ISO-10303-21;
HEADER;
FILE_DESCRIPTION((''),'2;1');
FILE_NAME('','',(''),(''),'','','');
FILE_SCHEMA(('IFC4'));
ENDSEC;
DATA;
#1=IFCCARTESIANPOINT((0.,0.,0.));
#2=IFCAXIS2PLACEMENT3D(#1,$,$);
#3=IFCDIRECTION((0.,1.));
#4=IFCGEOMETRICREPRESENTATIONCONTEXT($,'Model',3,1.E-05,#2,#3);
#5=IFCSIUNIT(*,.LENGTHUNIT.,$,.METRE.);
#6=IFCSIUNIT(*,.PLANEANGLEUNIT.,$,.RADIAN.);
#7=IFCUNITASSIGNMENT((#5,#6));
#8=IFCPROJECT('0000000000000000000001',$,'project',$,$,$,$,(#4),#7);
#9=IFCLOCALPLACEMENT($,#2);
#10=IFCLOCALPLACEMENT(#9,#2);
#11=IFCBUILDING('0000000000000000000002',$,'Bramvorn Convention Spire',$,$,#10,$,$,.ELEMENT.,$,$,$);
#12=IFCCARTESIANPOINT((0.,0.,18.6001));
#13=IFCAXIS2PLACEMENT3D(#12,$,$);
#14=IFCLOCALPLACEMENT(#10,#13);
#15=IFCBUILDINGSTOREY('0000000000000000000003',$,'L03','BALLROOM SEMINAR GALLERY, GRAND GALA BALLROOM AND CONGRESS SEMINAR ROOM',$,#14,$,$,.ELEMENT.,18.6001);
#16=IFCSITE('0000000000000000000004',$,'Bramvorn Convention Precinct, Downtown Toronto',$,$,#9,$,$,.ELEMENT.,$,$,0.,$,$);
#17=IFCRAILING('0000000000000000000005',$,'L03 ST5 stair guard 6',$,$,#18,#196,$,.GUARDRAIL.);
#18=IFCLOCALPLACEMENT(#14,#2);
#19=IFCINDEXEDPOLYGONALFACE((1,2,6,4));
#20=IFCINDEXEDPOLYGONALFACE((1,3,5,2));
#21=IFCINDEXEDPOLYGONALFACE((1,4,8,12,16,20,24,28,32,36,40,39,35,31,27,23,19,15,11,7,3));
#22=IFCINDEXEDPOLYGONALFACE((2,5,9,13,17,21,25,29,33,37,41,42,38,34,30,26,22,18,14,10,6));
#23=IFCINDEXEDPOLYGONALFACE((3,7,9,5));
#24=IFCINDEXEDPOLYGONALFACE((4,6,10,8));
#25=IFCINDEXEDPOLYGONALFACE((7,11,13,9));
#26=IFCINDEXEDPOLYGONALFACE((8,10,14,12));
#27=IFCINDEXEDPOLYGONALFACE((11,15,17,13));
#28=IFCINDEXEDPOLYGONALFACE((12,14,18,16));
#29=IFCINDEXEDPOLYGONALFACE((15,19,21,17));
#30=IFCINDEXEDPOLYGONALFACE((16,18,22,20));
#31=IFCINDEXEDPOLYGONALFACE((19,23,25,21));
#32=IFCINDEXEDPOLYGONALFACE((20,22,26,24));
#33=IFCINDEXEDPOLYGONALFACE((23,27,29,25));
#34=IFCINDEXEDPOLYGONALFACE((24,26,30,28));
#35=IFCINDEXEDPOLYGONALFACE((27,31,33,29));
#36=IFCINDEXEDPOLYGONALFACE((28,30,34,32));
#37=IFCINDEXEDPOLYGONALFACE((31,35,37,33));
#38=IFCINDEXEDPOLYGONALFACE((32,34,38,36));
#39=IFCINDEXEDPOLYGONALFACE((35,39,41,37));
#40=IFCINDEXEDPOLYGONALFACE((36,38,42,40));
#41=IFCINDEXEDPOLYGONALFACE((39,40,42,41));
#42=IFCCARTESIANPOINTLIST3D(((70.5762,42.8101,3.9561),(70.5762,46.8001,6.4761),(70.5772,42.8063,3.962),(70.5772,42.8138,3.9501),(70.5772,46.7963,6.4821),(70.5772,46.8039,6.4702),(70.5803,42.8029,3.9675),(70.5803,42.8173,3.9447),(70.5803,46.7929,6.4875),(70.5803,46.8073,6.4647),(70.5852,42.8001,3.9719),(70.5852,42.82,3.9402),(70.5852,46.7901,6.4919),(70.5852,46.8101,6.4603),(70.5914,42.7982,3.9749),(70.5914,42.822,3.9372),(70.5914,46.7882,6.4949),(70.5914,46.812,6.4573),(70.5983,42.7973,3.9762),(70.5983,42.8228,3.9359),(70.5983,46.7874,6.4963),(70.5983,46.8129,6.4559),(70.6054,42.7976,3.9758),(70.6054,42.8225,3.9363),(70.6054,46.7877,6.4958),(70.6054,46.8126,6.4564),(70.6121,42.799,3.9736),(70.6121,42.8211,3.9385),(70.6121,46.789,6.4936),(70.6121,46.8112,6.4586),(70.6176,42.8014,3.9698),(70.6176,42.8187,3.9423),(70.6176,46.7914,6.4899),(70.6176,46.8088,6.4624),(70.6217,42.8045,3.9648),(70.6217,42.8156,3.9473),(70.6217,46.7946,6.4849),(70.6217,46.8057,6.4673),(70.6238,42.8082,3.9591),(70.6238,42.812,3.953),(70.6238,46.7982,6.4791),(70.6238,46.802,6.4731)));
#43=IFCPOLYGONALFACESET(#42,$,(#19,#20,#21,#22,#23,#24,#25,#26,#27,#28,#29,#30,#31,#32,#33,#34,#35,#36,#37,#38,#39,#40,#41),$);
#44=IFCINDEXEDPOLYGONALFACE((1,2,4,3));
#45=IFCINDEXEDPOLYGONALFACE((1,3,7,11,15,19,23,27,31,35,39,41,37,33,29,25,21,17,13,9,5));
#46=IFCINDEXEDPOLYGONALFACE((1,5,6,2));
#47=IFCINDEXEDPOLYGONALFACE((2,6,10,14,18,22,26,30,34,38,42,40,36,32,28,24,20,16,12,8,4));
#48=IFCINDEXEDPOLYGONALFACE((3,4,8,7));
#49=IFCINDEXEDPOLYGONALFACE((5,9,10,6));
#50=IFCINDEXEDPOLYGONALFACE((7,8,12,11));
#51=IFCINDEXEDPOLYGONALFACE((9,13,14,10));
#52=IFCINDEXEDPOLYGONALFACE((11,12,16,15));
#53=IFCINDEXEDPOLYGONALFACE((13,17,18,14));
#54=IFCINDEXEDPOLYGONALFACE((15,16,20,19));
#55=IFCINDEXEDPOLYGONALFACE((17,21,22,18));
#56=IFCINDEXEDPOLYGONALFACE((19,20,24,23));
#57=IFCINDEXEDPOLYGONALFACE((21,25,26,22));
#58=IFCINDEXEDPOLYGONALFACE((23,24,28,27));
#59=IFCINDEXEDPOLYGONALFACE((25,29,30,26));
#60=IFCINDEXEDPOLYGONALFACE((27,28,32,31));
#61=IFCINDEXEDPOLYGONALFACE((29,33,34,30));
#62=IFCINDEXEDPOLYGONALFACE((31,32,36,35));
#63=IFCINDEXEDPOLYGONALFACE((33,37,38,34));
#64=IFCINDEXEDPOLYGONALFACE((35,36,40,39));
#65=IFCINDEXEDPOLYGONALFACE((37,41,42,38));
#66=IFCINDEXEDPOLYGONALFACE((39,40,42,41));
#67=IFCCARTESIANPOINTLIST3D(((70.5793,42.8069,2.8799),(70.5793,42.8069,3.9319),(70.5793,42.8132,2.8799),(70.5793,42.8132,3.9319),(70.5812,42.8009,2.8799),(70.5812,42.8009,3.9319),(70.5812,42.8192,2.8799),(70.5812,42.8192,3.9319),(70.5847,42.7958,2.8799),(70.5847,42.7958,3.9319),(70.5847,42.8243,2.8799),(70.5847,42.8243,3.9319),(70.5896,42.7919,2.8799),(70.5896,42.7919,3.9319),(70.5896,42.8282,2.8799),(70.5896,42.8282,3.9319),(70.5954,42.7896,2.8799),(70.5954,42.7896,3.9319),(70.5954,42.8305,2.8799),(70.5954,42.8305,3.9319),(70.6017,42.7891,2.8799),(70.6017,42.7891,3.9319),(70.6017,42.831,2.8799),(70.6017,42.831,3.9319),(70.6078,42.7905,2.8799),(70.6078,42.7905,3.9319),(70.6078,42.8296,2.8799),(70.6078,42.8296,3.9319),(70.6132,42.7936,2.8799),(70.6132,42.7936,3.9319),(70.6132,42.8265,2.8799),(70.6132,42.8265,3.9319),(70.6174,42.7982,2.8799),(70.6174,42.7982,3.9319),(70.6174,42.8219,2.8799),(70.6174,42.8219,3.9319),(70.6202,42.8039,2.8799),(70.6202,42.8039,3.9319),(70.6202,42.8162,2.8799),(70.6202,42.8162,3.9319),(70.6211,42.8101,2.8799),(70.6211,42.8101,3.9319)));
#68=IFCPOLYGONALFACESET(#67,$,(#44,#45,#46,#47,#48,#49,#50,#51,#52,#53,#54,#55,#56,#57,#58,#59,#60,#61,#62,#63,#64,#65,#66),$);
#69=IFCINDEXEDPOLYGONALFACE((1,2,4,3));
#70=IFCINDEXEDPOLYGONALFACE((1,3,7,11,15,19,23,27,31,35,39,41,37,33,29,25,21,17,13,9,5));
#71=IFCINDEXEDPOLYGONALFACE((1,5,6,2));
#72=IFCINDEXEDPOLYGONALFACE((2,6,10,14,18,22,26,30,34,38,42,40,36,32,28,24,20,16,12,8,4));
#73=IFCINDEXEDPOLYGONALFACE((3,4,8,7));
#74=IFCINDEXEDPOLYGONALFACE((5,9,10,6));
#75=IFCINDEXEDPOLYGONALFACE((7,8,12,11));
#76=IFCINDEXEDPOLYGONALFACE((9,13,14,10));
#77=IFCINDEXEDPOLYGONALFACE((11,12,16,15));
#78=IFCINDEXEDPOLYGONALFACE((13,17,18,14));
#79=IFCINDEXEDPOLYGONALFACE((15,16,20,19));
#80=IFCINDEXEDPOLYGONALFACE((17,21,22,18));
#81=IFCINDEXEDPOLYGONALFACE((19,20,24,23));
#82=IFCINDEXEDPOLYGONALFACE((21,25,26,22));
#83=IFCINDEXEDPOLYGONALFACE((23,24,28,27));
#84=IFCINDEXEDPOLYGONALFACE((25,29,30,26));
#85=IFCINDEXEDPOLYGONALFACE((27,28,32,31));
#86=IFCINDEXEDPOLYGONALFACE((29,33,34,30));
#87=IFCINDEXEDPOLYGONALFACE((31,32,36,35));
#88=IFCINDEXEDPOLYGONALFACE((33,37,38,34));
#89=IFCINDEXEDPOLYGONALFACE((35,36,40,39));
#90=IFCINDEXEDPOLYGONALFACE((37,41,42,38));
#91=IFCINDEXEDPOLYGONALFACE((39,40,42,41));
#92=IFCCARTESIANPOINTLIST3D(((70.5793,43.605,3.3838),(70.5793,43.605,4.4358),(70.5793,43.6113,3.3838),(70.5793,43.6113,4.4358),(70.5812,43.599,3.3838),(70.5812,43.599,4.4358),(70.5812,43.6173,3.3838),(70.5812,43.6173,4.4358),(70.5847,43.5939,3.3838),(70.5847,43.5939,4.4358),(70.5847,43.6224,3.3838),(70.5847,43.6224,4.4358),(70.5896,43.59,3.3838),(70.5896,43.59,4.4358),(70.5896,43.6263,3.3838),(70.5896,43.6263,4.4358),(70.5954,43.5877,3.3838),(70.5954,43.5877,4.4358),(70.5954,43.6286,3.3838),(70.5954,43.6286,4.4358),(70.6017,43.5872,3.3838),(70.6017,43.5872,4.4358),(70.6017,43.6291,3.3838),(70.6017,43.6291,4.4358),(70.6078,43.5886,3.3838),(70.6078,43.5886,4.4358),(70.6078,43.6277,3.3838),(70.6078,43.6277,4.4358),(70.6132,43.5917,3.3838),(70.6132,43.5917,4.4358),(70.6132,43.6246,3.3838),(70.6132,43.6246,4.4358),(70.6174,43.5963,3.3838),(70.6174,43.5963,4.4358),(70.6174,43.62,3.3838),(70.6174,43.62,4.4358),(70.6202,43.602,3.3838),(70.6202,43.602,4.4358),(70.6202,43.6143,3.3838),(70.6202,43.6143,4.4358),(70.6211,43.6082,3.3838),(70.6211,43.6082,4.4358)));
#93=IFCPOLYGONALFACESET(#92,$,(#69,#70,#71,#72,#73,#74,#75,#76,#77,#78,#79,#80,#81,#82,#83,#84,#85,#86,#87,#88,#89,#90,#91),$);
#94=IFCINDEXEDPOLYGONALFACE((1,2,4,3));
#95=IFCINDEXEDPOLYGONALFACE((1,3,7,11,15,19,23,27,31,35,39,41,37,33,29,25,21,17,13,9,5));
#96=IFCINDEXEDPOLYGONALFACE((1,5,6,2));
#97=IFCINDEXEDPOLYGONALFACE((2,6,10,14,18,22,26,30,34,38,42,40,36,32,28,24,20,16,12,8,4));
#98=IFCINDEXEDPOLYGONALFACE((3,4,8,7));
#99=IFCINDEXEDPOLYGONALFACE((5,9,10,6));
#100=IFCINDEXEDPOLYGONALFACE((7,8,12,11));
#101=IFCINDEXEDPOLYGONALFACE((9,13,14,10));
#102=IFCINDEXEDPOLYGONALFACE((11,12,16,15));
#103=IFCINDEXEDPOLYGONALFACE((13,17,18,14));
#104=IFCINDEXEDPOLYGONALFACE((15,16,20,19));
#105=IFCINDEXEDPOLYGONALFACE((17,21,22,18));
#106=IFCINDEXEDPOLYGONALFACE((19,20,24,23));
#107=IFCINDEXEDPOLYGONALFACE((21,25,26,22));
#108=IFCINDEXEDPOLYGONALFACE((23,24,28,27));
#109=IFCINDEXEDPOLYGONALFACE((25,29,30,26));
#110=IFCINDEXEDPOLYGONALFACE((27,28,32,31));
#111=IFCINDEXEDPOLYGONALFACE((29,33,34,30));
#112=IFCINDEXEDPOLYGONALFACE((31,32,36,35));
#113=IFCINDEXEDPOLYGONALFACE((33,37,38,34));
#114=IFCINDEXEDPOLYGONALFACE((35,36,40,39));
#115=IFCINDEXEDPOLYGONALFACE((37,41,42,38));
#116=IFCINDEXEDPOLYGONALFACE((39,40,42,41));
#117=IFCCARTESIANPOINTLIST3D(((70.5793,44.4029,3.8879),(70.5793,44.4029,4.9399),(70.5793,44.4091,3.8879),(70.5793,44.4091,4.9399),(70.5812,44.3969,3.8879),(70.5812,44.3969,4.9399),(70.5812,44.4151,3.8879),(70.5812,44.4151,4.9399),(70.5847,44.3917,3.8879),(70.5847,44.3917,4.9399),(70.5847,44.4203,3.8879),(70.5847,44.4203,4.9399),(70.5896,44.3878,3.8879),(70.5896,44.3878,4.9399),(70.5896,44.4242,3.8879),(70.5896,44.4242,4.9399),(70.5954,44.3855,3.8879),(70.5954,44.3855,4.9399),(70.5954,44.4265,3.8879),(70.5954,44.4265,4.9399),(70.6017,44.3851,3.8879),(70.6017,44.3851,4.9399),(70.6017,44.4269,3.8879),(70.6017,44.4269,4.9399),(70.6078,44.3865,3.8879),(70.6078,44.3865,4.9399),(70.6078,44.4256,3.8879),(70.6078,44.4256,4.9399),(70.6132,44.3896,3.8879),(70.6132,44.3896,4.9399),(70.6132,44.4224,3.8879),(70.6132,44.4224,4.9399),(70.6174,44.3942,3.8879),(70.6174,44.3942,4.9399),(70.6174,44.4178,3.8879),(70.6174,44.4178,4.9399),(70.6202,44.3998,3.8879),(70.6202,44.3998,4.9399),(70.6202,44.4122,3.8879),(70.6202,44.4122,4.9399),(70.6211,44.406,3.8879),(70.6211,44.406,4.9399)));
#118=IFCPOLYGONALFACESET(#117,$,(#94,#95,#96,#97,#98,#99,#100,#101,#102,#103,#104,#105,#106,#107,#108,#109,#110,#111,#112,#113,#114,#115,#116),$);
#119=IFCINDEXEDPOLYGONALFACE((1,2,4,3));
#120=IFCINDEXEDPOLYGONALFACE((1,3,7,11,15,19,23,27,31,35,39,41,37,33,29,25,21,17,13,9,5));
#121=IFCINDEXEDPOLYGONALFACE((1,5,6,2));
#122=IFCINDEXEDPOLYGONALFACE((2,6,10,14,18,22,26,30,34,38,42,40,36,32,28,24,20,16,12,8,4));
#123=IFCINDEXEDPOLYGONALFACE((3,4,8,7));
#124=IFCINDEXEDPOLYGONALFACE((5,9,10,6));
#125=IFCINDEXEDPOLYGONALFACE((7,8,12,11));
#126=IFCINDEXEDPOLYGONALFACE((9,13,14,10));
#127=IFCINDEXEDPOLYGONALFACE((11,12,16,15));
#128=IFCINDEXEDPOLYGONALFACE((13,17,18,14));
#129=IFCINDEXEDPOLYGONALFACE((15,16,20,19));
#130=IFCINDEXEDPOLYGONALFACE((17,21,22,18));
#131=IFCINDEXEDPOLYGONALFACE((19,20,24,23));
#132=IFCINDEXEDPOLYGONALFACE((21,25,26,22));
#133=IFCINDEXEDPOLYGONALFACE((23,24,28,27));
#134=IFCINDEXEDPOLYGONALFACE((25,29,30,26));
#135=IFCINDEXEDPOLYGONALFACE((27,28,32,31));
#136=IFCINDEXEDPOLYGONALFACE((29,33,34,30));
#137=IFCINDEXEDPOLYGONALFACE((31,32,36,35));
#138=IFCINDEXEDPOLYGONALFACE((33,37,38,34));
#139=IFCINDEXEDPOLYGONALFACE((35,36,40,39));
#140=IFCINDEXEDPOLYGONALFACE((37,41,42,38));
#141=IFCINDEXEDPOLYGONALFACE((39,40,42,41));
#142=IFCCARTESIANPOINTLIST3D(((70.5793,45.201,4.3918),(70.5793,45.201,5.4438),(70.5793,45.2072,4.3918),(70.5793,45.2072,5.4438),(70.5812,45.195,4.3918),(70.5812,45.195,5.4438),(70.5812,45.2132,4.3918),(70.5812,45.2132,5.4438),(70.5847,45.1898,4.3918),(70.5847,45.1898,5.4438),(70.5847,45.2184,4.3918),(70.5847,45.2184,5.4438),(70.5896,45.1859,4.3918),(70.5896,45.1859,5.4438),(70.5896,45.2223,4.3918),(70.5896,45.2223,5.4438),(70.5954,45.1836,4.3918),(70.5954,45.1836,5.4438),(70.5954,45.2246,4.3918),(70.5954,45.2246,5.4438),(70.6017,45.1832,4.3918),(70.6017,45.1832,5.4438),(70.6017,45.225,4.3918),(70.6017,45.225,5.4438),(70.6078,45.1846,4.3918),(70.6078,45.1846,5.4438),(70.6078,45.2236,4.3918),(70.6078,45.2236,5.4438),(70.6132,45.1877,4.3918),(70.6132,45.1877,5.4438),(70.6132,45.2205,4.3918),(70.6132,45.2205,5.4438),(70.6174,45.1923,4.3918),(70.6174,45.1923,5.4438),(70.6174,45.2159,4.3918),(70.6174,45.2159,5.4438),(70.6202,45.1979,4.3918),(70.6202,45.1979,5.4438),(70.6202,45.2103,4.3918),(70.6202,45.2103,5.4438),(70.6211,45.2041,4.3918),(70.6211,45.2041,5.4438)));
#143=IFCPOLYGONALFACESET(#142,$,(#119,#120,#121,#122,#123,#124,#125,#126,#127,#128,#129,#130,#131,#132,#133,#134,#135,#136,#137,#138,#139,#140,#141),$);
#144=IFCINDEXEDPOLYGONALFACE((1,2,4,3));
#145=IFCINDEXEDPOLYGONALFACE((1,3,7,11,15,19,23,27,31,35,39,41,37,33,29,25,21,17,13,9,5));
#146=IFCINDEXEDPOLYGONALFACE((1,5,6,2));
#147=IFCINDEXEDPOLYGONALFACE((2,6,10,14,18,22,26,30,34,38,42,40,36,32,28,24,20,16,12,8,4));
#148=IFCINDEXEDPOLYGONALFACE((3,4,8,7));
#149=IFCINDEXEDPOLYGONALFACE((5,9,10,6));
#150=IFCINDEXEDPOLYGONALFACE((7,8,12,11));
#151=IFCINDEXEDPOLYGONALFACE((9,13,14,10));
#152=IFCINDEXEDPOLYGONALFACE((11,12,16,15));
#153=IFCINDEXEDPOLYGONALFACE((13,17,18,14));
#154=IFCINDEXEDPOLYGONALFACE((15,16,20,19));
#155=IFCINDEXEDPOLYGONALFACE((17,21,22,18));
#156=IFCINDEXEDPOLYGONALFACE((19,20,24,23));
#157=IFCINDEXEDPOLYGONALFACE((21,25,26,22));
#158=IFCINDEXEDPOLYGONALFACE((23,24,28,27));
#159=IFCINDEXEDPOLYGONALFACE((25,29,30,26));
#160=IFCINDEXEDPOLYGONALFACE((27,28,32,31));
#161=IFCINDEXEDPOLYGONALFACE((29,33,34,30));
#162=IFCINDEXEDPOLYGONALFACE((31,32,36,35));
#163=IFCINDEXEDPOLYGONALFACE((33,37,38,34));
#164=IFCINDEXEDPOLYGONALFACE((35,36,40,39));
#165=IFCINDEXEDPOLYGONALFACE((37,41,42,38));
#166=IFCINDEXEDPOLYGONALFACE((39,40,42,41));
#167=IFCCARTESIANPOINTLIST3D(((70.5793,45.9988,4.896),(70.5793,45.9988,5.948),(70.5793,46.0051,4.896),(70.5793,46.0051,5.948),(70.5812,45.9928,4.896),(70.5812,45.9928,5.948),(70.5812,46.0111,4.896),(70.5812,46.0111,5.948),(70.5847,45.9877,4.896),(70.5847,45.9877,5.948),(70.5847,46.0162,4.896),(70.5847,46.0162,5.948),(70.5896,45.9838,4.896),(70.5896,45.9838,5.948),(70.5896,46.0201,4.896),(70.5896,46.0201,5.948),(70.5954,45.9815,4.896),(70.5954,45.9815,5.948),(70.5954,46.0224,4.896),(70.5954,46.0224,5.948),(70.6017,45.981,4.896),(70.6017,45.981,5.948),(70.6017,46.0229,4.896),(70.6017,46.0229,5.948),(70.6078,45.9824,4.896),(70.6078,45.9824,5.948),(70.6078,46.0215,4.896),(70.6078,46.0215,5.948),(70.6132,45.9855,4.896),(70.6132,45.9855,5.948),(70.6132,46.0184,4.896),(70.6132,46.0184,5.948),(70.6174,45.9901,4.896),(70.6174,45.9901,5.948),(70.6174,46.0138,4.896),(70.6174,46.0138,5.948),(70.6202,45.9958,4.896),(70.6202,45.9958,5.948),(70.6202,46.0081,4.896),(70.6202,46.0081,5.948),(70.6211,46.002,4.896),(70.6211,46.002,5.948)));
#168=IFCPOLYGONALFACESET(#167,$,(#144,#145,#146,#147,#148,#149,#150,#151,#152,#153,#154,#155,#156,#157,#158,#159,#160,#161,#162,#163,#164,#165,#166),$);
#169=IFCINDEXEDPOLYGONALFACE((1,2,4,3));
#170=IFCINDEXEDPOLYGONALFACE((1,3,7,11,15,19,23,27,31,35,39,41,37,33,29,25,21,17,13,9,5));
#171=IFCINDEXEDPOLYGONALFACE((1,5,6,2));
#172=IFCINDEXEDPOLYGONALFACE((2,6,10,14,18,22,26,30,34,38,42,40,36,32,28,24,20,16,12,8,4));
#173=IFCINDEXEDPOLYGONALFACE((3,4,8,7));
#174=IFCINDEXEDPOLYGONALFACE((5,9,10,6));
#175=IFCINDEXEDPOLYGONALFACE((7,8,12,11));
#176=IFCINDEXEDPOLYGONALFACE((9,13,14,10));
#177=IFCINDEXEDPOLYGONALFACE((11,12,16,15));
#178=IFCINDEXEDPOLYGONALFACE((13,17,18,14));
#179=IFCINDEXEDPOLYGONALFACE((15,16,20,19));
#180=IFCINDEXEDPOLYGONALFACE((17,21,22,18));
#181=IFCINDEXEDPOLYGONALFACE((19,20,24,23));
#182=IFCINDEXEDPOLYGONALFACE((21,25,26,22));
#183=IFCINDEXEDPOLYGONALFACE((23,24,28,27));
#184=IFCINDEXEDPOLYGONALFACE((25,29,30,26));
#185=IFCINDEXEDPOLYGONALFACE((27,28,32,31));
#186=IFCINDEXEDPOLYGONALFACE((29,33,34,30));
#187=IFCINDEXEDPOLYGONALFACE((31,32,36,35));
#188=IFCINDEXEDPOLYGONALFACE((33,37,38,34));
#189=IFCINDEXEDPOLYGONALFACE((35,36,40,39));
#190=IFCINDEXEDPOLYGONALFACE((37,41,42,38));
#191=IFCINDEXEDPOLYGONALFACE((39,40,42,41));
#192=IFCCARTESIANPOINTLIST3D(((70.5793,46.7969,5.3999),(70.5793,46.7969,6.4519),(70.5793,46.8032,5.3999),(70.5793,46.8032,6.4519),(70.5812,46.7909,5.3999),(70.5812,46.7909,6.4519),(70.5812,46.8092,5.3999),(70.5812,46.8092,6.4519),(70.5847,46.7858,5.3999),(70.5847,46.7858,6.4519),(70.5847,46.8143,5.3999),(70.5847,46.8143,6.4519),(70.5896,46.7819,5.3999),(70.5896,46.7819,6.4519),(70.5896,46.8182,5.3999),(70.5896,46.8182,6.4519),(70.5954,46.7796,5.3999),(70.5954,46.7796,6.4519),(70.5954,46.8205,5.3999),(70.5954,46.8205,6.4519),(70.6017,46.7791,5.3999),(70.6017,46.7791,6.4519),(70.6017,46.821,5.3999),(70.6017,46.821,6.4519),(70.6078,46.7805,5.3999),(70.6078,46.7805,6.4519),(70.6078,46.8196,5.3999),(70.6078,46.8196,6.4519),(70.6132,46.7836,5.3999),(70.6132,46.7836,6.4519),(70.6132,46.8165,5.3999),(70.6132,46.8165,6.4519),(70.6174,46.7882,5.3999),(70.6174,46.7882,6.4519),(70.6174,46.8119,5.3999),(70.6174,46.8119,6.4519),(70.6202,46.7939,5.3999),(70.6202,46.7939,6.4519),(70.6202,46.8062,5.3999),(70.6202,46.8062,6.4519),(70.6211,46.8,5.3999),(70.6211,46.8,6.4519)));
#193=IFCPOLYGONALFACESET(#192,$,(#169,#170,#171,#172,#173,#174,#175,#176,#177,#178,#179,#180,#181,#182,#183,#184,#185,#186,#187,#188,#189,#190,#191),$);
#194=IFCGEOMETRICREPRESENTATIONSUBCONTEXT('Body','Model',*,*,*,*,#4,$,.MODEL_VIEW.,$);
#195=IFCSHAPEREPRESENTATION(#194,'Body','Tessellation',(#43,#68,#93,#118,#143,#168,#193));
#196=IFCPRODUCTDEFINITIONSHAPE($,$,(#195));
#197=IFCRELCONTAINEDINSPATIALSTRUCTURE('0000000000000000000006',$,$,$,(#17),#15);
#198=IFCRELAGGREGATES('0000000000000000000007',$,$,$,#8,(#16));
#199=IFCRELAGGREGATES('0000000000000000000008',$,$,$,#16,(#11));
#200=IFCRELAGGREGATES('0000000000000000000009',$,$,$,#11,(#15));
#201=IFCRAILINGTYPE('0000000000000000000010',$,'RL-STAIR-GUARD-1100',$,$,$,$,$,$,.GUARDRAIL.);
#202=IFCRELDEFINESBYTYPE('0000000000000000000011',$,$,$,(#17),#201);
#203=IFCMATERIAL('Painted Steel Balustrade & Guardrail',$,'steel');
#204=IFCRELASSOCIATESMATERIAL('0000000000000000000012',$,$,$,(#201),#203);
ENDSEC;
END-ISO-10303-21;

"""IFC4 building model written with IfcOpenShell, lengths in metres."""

from ifc_helpers import new_model, si_unit, direction, frame, origin, origin_2d, place, context, subcontext, project, spatial, circle, extrude, material, type_object, element, save


model = new_model("IFC4")

# Units and contexts
model_context = context("Model", 3, precision=1e-05, world=origin(), true_north=direction((0.0, 1.0)))
body_context = subcontext(model_context, "Body", "Model", "MODEL_VIEW")
ifc_project = project(units=[si_unit("LENGTHUNIT", "METRE"), si_unit("PLANEANGLEUNIT", "RADIAN")], contexts=[model_context])

# Site, building, storey
site_placement = place(None, origin())
site = spatial("IfcSite", under=ifc_project, at=site_placement, Name="Bramvorn Convention Precinct, Downtown Toronto", CompositionType="ELEMENT", RefElevation=0.0)
building_placement = place(site_placement, origin())
building = spatial("IfcBuilding", under=site, at=building_placement, Name="Bramvorn Convention Spire", CompositionType="ELEMENT")
storey_placement = place(building_placement, frame((0.0, 0.0, 18.6001)))
storey = spatial("IfcBuildingStorey", under=building, at=storey_placement, Name="L03", Description="BALLROOM SEMINAR GALLERY, GRAND GALA BALLROOM AND CONGRESS SEMINAR ROOM", CompositionType="ELEMENT", Elevation=18.6001)

# Railing
ifc_material_1 = material(Name="Painted Steel Balustrade & Guardrail", Category="steel")
railing_type_1 = type_object("IfcRailingType", Name="RL-STAIR-GUARD-1100", PredefinedType="GUARDRAIL", material=ifc_material_1)
railing_1_placement = place(storey_placement, frame((70.6001, 42.8101, 2.8799)))
element("IfcRailing", 1, at=railing_1_placement, inside=storey, type_object=railing_type_1, Name="L03 ST5 stair guard 6", PredefinedType="GUARDRAIL", context=body_context, shape_type="SweptSolid", body=[
    extrude(circle(Radius=0.0239, at=origin_2d()), frame((0.0, 0.0, 1.0762), z_axis=(0.0, 0.845486, 0.533997), x_axis=(-1.0, 0.0, 0.0)), (0.0, 0.0, 1.0), 4.7192),
    extrude(circle(Radius=0.021, at=origin_2d()), origin(), (0.0, 0.0, 1.0), 1.052),
    extrude(circle(Radius=0.021, at=origin_2d()), frame((0.0, 0.7981, 0.5039)), (0.0, 0.0, 1.0), 1.052),
    extrude(circle(Radius=0.021, at=origin_2d()), frame((0.0, 1.5959, 1.0081)), (0.0, 0.0, 1.0), 1.052),
    extrude(circle(Radius=0.021, at=origin_2d()), frame((0.0, 2.394, 1.512)), (0.0, 0.0, 1.0), 1.052),
    extrude(circle(Radius=0.021, at=origin_2d()), frame((0.0, 3.1919, 2.0161)), (0.0, 0.0, 1.0), 1.052),
    extrude(circle(Radius=0.021, at=origin_2d()), frame((0.0, 3.99, 2.52)), (0.0, 0.0, 1.0), 1.052),
])

save(model, "model.ifc")
